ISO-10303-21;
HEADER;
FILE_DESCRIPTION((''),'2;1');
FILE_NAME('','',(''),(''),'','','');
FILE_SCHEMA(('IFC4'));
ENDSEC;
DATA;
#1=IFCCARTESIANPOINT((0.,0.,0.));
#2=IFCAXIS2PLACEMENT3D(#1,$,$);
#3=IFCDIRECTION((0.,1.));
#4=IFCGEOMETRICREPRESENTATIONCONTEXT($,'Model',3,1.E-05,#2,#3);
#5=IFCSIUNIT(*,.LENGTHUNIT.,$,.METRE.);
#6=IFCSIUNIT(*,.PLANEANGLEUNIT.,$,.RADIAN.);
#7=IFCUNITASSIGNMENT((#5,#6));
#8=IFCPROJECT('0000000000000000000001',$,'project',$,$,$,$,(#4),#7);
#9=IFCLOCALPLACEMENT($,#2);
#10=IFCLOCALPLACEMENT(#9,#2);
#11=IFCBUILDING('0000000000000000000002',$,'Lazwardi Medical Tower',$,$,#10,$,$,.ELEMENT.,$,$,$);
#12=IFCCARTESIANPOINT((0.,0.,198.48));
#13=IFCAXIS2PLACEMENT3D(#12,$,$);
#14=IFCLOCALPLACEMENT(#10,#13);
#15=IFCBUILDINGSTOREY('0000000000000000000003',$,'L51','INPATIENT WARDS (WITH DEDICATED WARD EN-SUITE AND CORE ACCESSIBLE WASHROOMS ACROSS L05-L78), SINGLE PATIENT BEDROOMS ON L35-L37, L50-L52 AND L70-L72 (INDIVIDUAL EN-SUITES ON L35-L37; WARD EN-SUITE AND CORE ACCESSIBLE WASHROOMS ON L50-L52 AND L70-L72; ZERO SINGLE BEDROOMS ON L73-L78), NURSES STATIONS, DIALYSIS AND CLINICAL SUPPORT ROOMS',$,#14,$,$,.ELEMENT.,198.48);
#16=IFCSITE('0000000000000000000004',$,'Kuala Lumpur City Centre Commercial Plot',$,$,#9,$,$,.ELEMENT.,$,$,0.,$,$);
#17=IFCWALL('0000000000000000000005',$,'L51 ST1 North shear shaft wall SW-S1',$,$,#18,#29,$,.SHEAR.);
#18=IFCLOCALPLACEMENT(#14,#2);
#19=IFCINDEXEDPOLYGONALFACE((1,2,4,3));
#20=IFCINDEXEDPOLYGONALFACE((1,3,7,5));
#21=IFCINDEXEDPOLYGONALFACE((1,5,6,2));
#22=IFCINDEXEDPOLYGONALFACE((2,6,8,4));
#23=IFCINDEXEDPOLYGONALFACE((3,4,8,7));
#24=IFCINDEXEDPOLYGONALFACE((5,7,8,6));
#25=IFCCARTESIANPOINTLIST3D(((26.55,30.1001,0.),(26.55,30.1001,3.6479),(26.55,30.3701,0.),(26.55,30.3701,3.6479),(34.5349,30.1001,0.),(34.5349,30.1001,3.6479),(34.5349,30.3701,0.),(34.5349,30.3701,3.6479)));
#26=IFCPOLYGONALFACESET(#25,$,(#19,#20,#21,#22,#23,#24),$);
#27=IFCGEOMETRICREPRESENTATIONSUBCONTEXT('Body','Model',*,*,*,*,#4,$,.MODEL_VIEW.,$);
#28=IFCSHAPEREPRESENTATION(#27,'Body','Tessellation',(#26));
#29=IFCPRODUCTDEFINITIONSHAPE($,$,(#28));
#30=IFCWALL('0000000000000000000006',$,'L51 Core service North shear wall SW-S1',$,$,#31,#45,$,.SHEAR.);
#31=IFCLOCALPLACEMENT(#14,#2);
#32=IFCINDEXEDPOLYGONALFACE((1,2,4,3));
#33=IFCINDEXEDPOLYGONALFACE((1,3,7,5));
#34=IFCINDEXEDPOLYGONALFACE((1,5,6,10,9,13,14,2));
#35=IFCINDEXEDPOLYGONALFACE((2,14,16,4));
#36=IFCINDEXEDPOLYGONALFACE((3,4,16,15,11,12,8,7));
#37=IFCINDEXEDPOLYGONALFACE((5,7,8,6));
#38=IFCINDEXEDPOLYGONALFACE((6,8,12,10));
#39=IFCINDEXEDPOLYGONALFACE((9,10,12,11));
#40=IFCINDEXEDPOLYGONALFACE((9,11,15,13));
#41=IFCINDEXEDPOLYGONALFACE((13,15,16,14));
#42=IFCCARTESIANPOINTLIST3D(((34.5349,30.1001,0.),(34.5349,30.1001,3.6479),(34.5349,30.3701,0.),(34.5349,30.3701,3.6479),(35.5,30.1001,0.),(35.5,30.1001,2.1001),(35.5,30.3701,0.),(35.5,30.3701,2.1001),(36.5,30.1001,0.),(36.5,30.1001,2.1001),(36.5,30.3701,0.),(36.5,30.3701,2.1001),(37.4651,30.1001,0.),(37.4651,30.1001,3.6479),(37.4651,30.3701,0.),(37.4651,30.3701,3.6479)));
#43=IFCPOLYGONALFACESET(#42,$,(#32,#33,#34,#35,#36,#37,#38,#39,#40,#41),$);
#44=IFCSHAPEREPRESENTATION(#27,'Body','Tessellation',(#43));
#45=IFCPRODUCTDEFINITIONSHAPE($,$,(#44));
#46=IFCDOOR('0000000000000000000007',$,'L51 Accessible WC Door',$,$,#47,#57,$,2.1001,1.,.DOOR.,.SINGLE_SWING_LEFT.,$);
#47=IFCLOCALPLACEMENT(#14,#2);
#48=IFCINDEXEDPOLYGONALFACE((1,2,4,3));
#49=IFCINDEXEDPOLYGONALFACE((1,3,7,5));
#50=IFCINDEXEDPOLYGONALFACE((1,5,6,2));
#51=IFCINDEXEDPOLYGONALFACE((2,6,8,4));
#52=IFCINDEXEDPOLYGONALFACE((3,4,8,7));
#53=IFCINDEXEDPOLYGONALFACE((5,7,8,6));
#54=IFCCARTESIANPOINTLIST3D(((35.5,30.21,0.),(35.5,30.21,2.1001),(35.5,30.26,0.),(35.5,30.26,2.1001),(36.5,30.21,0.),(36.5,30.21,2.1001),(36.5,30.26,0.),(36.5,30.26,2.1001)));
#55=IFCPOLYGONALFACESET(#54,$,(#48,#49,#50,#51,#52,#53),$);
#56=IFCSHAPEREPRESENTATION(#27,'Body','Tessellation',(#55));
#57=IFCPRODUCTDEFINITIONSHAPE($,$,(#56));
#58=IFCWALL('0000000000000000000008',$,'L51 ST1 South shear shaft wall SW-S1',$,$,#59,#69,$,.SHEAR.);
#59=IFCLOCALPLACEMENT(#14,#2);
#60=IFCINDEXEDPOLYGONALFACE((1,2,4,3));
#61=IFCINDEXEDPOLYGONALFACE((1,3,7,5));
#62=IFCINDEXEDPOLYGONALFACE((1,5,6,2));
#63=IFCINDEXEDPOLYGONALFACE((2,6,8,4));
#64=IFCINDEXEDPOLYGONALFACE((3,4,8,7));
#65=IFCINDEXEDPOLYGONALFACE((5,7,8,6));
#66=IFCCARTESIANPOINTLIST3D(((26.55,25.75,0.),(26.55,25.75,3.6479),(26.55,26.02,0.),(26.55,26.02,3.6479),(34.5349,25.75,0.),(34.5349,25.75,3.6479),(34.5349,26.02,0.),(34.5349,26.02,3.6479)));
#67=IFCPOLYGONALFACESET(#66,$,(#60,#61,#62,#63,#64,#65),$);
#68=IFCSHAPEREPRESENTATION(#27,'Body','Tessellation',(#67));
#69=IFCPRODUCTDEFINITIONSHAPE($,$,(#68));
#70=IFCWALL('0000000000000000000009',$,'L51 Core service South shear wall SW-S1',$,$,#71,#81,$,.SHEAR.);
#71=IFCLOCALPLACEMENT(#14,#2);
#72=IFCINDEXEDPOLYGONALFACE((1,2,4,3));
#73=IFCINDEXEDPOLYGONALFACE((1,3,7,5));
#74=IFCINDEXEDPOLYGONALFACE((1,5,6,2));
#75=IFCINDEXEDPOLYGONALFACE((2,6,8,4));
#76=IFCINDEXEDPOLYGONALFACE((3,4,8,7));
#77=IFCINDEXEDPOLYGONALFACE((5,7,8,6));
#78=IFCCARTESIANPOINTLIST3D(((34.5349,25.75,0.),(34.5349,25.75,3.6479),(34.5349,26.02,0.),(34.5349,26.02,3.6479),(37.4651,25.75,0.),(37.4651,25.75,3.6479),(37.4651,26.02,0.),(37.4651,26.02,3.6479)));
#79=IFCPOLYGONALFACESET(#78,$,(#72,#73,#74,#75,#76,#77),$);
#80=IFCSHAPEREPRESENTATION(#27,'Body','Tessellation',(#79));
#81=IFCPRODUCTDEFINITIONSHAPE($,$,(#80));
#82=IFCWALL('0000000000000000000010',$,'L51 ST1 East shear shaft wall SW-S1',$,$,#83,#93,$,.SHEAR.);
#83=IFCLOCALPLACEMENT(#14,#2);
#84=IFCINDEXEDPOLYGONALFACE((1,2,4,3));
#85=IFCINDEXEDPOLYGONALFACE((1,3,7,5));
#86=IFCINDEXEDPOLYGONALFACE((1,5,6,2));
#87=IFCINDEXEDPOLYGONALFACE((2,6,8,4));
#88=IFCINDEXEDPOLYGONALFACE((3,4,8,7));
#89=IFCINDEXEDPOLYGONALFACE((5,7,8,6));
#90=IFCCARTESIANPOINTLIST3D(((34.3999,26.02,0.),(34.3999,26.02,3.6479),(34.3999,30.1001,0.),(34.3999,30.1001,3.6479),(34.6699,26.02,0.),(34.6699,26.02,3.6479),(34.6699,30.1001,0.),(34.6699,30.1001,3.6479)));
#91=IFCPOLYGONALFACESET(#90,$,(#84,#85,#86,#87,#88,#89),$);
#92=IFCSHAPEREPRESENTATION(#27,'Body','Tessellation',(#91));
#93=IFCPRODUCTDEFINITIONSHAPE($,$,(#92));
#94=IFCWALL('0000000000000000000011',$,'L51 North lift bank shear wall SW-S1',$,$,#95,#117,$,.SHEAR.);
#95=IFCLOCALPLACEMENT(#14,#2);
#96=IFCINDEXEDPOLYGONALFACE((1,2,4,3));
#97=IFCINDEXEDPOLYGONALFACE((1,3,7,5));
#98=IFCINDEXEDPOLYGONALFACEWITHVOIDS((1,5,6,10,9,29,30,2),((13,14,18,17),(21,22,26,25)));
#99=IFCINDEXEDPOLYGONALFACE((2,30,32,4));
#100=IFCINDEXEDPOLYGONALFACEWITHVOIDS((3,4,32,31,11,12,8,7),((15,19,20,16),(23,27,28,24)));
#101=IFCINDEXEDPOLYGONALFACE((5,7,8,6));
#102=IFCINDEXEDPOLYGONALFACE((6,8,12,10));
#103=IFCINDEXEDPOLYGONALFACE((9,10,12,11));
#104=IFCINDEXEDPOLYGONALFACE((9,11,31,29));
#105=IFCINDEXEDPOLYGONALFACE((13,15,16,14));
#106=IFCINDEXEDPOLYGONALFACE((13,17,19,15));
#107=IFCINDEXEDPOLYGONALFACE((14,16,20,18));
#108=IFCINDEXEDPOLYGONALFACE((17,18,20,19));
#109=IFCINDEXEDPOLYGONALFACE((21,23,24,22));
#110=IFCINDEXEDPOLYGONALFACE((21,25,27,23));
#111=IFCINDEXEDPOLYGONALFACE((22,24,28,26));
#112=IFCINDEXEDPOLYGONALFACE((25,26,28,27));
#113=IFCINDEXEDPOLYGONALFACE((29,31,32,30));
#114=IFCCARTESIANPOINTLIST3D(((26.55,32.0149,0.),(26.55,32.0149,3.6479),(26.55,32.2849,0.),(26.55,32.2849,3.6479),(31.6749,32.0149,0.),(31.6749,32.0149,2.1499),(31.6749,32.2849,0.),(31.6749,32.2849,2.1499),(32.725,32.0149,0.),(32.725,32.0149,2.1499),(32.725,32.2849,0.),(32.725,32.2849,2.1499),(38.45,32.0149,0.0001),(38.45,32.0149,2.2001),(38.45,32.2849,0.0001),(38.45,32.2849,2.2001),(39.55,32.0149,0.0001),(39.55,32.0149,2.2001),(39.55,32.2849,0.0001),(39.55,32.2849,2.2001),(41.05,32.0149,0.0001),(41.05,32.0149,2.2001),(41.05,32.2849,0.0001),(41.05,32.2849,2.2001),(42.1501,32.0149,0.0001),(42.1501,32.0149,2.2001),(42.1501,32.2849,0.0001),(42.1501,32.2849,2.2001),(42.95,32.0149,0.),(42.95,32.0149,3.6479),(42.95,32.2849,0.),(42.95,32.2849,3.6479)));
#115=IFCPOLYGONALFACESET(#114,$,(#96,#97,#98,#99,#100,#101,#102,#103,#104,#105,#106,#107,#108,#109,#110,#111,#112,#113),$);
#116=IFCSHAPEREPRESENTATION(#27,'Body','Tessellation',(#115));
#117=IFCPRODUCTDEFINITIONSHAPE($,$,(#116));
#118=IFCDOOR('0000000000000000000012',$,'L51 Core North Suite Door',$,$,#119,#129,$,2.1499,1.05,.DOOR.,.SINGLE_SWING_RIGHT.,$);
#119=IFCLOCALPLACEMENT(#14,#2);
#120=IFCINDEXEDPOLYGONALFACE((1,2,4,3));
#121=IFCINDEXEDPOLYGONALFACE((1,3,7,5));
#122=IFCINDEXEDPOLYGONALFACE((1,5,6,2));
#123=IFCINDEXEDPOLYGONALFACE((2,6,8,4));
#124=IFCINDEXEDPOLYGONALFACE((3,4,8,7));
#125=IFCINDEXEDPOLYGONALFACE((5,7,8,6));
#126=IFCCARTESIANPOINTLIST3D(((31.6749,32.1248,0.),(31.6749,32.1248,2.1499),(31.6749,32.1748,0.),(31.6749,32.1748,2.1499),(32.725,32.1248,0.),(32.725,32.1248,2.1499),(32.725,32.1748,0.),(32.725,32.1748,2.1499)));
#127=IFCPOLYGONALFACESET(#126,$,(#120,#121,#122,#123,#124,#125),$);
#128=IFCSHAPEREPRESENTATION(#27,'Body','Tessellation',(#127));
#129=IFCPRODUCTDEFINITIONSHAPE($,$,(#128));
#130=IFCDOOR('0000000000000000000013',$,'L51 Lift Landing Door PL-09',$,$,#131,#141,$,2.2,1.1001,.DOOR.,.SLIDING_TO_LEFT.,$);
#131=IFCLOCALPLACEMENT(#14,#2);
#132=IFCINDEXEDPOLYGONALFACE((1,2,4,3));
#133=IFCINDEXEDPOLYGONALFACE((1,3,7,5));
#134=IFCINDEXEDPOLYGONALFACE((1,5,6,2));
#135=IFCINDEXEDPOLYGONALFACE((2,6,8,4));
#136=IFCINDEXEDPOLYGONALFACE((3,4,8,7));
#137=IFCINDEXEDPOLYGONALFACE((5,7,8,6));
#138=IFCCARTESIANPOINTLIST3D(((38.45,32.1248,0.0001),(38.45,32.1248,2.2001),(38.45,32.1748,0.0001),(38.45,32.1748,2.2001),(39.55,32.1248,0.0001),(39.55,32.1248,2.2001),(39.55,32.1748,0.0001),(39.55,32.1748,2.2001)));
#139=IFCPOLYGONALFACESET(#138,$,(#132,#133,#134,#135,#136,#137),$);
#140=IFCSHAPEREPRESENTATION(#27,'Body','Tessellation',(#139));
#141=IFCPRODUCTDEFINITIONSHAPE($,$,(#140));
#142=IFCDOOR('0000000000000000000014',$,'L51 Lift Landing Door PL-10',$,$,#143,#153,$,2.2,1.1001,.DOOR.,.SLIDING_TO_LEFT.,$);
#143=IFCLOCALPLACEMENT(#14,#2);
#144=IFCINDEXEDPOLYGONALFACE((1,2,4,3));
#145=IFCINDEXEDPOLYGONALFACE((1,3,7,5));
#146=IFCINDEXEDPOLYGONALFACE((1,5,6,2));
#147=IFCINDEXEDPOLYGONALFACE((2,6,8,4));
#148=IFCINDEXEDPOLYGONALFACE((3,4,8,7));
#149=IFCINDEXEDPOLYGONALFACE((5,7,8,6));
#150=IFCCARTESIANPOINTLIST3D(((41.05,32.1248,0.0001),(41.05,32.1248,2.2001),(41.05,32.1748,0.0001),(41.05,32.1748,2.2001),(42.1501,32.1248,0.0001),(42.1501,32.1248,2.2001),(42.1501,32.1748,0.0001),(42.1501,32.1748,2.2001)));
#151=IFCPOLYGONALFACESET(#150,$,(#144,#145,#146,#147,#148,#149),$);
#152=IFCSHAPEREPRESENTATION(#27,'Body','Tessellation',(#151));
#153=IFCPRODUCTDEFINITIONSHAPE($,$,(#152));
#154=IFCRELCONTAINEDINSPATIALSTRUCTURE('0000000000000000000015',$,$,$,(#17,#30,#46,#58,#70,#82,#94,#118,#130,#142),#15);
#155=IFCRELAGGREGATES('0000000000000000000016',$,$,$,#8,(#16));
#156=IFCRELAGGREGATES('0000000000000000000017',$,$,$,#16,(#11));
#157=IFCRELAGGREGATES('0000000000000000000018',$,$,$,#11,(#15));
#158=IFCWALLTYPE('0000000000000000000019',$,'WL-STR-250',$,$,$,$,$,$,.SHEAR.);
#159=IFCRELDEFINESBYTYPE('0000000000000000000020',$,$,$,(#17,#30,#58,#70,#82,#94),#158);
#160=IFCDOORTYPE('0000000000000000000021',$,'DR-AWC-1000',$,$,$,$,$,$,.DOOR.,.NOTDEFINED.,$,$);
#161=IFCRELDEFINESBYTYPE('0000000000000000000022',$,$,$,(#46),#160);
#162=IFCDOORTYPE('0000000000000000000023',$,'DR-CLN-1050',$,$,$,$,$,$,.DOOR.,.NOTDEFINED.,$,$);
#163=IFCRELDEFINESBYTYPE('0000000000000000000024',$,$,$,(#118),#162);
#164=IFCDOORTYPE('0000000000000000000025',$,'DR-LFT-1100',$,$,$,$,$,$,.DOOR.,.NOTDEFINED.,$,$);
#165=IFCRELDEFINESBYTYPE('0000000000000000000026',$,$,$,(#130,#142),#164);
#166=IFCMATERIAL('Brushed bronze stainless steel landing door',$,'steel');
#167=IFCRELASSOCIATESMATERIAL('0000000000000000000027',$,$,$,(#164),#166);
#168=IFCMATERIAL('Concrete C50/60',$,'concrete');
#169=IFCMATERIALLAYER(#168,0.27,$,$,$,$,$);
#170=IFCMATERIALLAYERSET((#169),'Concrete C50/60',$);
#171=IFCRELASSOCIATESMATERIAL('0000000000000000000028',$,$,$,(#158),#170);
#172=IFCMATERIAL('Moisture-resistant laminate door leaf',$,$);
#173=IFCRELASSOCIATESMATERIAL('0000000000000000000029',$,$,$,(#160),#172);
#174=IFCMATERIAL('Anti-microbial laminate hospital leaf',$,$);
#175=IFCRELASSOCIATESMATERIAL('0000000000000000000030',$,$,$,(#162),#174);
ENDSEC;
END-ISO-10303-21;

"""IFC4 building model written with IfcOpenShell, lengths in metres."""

from ifc_helpers import new_model, si_unit, direction, frame, frame_2d, origin, place, context, subcontext, project, spatial, rectangle, extrude, material, layer, layer_set, type_object, element, fill, save


model = new_model("IFC4")

# Units and contexts
model_context = context("Model", 3, precision=1e-05, world=origin(), true_north=direction((0.0, 1.0)))
body_context = subcontext(model_context, "Body", "Model", "MODEL_VIEW")
ifc_project = project(units=[si_unit("LENGTHUNIT", "METRE"), si_unit("PLANEANGLEUNIT", "RADIAN")], contexts=[model_context])

# Site, building, storey
site_placement = place(None, origin())
site = spatial("IfcSite", under=ifc_project, at=site_placement, Name="Kuala Lumpur City Centre Commercial Plot", CompositionType="ELEMENT", RefElevation=0.0)
building_placement = place(site_placement, origin())
building = spatial("IfcBuilding", under=site, at=building_placement, Name="Lazwardi Medical Tower", CompositionType="ELEMENT")
storey_placement = place(building_placement, frame((0.0, 0.0, 198.48)))
storey = spatial("IfcBuildingStorey", under=building, at=storey_placement, Name="L51", Description="INPATIENT WARDS (WITH DEDICATED WARD EN-SUITE AND CORE ACCESSIBLE WASHROOMS ACROSS L05-L78), SINGLE PATIENT BEDROOMS ON L35-L37, L50-L52 AND L70-L72 (INDIVIDUAL EN-SUITES ON L35-L37; WARD EN-SUITE AND CORE ACCESSIBLE WASHROOMS ON L50-L52 AND L70-L72; ZERO SINGLE BEDROOMS ON L73-L78), NURSES STATIONS, DIALYSIS AND CLINICAL SUPPORT ROOMS", CompositionType="ELEMENT", Elevation=198.48)

# Shared definitions
ifc_material_1 = material(Name="Anti-microbial laminate hospital leaf")
ifc_material_2 = material(Name="Brushed bronze stainless steel landing door", Category="steel")
door_type_1 = type_object("IfcDoorType", Name="DR-LFT-1100", OperationType="NOTDEFINED", PredefinedType="DOOR", material=ifc_material_2)

# Wall
ifc_material_3 = material(Name="Concrete C50/60", Category="concrete")
ifc_layer_1 = layer(ifc_material_3, 0.27)
ifc_layer_set_1 = layer_set([ifc_layer_1], Name="Concrete C50/60")
wall_type_1 = type_object("IfcWallType", Name="WL-STR-250", PredefinedType="SHEAR", material=ifc_layer_set_1)
wall_1_placement = place(storey_placement, frame((26.55, 30.2351, 0.0), z_axis=(0.0, 0.0, 1.0), x_axis=(1.0, 0.0, 0.0)))
element("IfcWall", 1, at=wall_1_placement, inside=storey, type_object=wall_type_1, Name="L51 ST1 North shear shaft wall SW-S1", PredefinedType="SHEAR", context=body_context, shape_type="SweptSolid", body=[
    extrude(rectangle(XDim=7.9849, YDim=0.27, at=frame_2d((3.9924, 0.0))), origin(), (0.0, 0.0, 1.0), 3.6479),
])

# Wall, opening, door
wall_2_placement = place(storey_placement, frame((34.5349, 30.2351, 0.0), z_axis=(0.0, 0.0, 1.0), x_axis=(1.0, 0.0, 0.0)))
wall_2 = element("IfcWall", 2, at=wall_2_placement, inside=storey, type_object=wall_type_1, Name="L51 Core service North shear wall SW-S1", PredefinedType="SHEAR", context=body_context, shape_type="SweptSolid", body=[
    extrude(rectangle(XDim=2.9302, YDim=0.27, at=frame_2d((1.4651, 0.0))), origin(), (0.0, 0.0, 1.0), 3.6479),
])
opening_1_placement = place(wall_2_placement, frame((0.9651, 0.0, 0.0)))
opening_1 = element("IfcOpeningElement", 3, at=opening_1_placement, cuts=wall_2, PredefinedType="OPENING", context=body_context, shape_type="SweptSolid", body=[
    extrude(rectangle(XDim=1.0, YDim=2.1001, at=frame_2d((0.5, 1.05))), frame((0.0, 0.145, 0.0), z_axis=(0.0, -1.0, 0.0), x_axis=(1.0, 0.0, 0.0)), (0.0, 0.0, 1.0), 0.29),
])
ifc_material_4 = material(Name="Moisture-resistant laminate door leaf")
door_type_2 = type_object("IfcDoorType", Name="DR-AWC-1000", OperationType="NOTDEFINED", PredefinedType="DOOR", material=ifc_material_4)
door_1_placement = place(opening_1_placement, origin())
door_1 = element("IfcDoor", 4, at=door_1_placement, inside=storey, type_object=door_type_2, Name="L51 Accessible WC Door", OperationType="SINGLE_SWING_LEFT", OverallHeight=2.1001, OverallWidth=1.0, PredefinedType="DOOR", context=body_context, shape_type="SweptSolid", body=[
    extrude(rectangle(XDim=1.0, YDim=2.1001, at=frame_2d((0.5, 1.05))), frame((0.0, 0.0249, 0.0), z_axis=(0.0, -1.0, 0.0), x_axis=(1.0, 0.0, 0.0)), (0.0, 0.0, 1.0), 0.05),
])
fill(opening_1, door_1)

# Walls
wall_3_placement = place(storey_placement, frame((26.55, 25.885, 0.0), z_axis=(0.0, 0.0, 1.0), x_axis=(1.0, 0.0, 0.0)))
element("IfcWall", 5, at=wall_3_placement, inside=storey, type_object=wall_type_1, Name="L51 ST1 South shear shaft wall SW-S1", PredefinedType="SHEAR", context=body_context, shape_type="SweptSolid", body=[
    extrude(rectangle(XDim=7.9849, YDim=0.27, at=frame_2d((3.9924, 0.0))), origin(), (0.0, 0.0, 1.0), 3.6479),
])
wall_4_placement = place(storey_placement, frame((34.5349, 25.885, 0.0), z_axis=(0.0, 0.0, 1.0), x_axis=(1.0, 0.0, 0.0)))
element("IfcWall", 6, at=wall_4_placement, inside=storey, type_object=wall_type_1, Name="L51 Core service South shear wall SW-S1", PredefinedType="SHEAR", context=body_context, shape_type="SweptSolid", body=[
    extrude(rectangle(XDim=2.9302, YDim=0.27, at=frame_2d((1.4651, 0.0))), origin(), (0.0, 0.0, 1.0), 3.6479),
])
wall_5_placement = place(storey_placement, frame((34.5349, 26.02, 0.0), z_axis=(0.0, 0.0, 1.0), x_axis=(0.0, 1.0, 0.0)))
element("IfcWall", 7, at=wall_5_placement, inside=storey, type_object=wall_type_1, Name="L51 ST1 East shear shaft wall SW-S1", PredefinedType="SHEAR", context=body_context, shape_type="SweptSolid", body=[
    extrude(rectangle(XDim=4.0801, YDim=0.27, at=frame_2d((2.04, 0.0))), origin(), (0.0, 0.0, 1.0), 3.6479),
])

# Wall, openings, doors
wall_6_placement = place(storey_placement, frame((26.55, 32.1499, 0.0), z_axis=(0.0, 0.0, 1.0), x_axis=(1.0, 0.0, 0.0)))
wall_6 = element("IfcWall", 8, at=wall_6_placement, inside=storey, type_object=wall_type_1, Name="L51 North lift bank shear wall SW-S1", PredefinedType="SHEAR", context=body_context, shape_type="SweptSolid", body=[
    extrude(rectangle(XDim=16.3999, YDim=0.27, at=frame_2d((8.2, 0.0))), origin(), (0.0, 0.0, 1.0), 3.6479),
])
opening_2_placement = place(wall_6_placement, frame((5.125, 0.0, 0.0)))
opening_2 = element("IfcOpeningElement", 9, at=opening_2_placement, cuts=wall_6, PredefinedType="OPENING", context=body_context, shape_type="SweptSolid", body=[
    extrude(rectangle(XDim=1.05, YDim=2.1499, at=frame_2d((0.5249, 1.075))), frame((0.0, 0.145, 0.0), z_axis=(0.0, -1.0, 0.0), x_axis=(1.0, 0.0, 0.0)), (0.0, 0.0, 1.0), 0.29),
])
opening_3_placement = place(wall_6_placement, frame((11.8999, 0.0, 0.0)))
opening_3 = element("IfcOpeningElement", 10, at=opening_3_placement, cuts=wall_6, PredefinedType="OPENING", context=body_context, shape_type="SweptSolid", body=[
    extrude(rectangle(XDim=1.1001, YDim=2.2, at=frame_2d((0.55, 1.1001))), frame((0.0, 0.145, 0.0), z_axis=(0.0, -1.0, 0.0), x_axis=(1.0, 0.0, 0.0)), (0.0, 0.0, 1.0), 0.29),
])
opening_4_placement = place(wall_6_placement, frame((14.5, 0.0, 0.0)))
opening_4 = element("IfcOpeningElement", 11, at=opening_4_placement, cuts=wall_6, PredefinedType="OPENING", context=body_context, shape_type="SweptSolid", body=[
    extrude(rectangle(XDim=1.1001, YDim=2.2, at=frame_2d((0.55, 1.1001))), frame((0.0, 0.145, 0.0), z_axis=(0.0, -1.0, 0.0), x_axis=(1.0, 0.0, 0.0)), (0.0, 0.0, 1.0), 0.29),
])
door_type_3 = type_object("IfcDoorType", Name="DR-CLN-1050", OperationType="NOTDEFINED", PredefinedType="DOOR", material=ifc_material_1)
door_2_placement = place(opening_2_placement, origin())
door_2 = element("IfcDoor", 12, at=door_2_placement, inside=storey, type_object=door_type_3, Name="L51 Core North Suite Door", OperationType="SINGLE_SWING_RIGHT", OverallHeight=2.1499, OverallWidth=1.05, PredefinedType="DOOR", context=body_context, shape_type="SweptSolid", body=[
    extrude(rectangle(XDim=1.05, YDim=2.1499, at=frame_2d((0.5249, 1.075))), frame((0.0, 0.0249, 0.0), z_axis=(0.0, -1.0, 0.0), x_axis=(1.0, 0.0, 0.0)), (0.0, 0.0, 1.0), 0.05),
])
fill(opening_2, door_2)
door_3_placement = place(opening_3_placement, origin())
door_3 = element("IfcDoor", 13, at=door_3_placement, inside=storey, type_object=door_type_1, Name="L51 Lift Landing Door PL-09", OperationType="SLIDING_TO_LEFT", OverallHeight=2.2, OverallWidth=1.1001, PredefinedType="DOOR", context=body_context, shape_type="SweptSolid", body=[
    extrude(rectangle(XDim=1.1001, YDim=2.2, at=frame_2d((0.55, 1.1001))), frame((0.0, 0.0249, 0.0), z_axis=(0.0, -1.0, 0.0), x_axis=(1.0, 0.0, 0.0)), (0.0, 0.0, 1.0), 0.05),
])
fill(opening_3, door_3)
door_4_placement = place(opening_4_placement, origin())
door_4 = element("IfcDoor", 14, at=door_4_placement, inside=storey, type_object=door_type_1, Name="L51 Lift Landing Door PL-10", OperationType="SLIDING_TO_LEFT", OverallHeight=2.2, OverallWidth=1.1001, PredefinedType="DOOR", context=body_context, shape_type="SweptSolid", body=[
    extrude(rectangle(XDim=1.1001, YDim=2.2, at=frame_2d((0.55, 1.1001))), frame((0.0, 0.0249, 0.0), z_axis=(0.0, -1.0, 0.0), x_axis=(1.0, 0.0, 0.0)), (0.0, 0.0, 1.0), 0.05),
])
fill(opening_4, door_4)

save(model, "model.ifc")
